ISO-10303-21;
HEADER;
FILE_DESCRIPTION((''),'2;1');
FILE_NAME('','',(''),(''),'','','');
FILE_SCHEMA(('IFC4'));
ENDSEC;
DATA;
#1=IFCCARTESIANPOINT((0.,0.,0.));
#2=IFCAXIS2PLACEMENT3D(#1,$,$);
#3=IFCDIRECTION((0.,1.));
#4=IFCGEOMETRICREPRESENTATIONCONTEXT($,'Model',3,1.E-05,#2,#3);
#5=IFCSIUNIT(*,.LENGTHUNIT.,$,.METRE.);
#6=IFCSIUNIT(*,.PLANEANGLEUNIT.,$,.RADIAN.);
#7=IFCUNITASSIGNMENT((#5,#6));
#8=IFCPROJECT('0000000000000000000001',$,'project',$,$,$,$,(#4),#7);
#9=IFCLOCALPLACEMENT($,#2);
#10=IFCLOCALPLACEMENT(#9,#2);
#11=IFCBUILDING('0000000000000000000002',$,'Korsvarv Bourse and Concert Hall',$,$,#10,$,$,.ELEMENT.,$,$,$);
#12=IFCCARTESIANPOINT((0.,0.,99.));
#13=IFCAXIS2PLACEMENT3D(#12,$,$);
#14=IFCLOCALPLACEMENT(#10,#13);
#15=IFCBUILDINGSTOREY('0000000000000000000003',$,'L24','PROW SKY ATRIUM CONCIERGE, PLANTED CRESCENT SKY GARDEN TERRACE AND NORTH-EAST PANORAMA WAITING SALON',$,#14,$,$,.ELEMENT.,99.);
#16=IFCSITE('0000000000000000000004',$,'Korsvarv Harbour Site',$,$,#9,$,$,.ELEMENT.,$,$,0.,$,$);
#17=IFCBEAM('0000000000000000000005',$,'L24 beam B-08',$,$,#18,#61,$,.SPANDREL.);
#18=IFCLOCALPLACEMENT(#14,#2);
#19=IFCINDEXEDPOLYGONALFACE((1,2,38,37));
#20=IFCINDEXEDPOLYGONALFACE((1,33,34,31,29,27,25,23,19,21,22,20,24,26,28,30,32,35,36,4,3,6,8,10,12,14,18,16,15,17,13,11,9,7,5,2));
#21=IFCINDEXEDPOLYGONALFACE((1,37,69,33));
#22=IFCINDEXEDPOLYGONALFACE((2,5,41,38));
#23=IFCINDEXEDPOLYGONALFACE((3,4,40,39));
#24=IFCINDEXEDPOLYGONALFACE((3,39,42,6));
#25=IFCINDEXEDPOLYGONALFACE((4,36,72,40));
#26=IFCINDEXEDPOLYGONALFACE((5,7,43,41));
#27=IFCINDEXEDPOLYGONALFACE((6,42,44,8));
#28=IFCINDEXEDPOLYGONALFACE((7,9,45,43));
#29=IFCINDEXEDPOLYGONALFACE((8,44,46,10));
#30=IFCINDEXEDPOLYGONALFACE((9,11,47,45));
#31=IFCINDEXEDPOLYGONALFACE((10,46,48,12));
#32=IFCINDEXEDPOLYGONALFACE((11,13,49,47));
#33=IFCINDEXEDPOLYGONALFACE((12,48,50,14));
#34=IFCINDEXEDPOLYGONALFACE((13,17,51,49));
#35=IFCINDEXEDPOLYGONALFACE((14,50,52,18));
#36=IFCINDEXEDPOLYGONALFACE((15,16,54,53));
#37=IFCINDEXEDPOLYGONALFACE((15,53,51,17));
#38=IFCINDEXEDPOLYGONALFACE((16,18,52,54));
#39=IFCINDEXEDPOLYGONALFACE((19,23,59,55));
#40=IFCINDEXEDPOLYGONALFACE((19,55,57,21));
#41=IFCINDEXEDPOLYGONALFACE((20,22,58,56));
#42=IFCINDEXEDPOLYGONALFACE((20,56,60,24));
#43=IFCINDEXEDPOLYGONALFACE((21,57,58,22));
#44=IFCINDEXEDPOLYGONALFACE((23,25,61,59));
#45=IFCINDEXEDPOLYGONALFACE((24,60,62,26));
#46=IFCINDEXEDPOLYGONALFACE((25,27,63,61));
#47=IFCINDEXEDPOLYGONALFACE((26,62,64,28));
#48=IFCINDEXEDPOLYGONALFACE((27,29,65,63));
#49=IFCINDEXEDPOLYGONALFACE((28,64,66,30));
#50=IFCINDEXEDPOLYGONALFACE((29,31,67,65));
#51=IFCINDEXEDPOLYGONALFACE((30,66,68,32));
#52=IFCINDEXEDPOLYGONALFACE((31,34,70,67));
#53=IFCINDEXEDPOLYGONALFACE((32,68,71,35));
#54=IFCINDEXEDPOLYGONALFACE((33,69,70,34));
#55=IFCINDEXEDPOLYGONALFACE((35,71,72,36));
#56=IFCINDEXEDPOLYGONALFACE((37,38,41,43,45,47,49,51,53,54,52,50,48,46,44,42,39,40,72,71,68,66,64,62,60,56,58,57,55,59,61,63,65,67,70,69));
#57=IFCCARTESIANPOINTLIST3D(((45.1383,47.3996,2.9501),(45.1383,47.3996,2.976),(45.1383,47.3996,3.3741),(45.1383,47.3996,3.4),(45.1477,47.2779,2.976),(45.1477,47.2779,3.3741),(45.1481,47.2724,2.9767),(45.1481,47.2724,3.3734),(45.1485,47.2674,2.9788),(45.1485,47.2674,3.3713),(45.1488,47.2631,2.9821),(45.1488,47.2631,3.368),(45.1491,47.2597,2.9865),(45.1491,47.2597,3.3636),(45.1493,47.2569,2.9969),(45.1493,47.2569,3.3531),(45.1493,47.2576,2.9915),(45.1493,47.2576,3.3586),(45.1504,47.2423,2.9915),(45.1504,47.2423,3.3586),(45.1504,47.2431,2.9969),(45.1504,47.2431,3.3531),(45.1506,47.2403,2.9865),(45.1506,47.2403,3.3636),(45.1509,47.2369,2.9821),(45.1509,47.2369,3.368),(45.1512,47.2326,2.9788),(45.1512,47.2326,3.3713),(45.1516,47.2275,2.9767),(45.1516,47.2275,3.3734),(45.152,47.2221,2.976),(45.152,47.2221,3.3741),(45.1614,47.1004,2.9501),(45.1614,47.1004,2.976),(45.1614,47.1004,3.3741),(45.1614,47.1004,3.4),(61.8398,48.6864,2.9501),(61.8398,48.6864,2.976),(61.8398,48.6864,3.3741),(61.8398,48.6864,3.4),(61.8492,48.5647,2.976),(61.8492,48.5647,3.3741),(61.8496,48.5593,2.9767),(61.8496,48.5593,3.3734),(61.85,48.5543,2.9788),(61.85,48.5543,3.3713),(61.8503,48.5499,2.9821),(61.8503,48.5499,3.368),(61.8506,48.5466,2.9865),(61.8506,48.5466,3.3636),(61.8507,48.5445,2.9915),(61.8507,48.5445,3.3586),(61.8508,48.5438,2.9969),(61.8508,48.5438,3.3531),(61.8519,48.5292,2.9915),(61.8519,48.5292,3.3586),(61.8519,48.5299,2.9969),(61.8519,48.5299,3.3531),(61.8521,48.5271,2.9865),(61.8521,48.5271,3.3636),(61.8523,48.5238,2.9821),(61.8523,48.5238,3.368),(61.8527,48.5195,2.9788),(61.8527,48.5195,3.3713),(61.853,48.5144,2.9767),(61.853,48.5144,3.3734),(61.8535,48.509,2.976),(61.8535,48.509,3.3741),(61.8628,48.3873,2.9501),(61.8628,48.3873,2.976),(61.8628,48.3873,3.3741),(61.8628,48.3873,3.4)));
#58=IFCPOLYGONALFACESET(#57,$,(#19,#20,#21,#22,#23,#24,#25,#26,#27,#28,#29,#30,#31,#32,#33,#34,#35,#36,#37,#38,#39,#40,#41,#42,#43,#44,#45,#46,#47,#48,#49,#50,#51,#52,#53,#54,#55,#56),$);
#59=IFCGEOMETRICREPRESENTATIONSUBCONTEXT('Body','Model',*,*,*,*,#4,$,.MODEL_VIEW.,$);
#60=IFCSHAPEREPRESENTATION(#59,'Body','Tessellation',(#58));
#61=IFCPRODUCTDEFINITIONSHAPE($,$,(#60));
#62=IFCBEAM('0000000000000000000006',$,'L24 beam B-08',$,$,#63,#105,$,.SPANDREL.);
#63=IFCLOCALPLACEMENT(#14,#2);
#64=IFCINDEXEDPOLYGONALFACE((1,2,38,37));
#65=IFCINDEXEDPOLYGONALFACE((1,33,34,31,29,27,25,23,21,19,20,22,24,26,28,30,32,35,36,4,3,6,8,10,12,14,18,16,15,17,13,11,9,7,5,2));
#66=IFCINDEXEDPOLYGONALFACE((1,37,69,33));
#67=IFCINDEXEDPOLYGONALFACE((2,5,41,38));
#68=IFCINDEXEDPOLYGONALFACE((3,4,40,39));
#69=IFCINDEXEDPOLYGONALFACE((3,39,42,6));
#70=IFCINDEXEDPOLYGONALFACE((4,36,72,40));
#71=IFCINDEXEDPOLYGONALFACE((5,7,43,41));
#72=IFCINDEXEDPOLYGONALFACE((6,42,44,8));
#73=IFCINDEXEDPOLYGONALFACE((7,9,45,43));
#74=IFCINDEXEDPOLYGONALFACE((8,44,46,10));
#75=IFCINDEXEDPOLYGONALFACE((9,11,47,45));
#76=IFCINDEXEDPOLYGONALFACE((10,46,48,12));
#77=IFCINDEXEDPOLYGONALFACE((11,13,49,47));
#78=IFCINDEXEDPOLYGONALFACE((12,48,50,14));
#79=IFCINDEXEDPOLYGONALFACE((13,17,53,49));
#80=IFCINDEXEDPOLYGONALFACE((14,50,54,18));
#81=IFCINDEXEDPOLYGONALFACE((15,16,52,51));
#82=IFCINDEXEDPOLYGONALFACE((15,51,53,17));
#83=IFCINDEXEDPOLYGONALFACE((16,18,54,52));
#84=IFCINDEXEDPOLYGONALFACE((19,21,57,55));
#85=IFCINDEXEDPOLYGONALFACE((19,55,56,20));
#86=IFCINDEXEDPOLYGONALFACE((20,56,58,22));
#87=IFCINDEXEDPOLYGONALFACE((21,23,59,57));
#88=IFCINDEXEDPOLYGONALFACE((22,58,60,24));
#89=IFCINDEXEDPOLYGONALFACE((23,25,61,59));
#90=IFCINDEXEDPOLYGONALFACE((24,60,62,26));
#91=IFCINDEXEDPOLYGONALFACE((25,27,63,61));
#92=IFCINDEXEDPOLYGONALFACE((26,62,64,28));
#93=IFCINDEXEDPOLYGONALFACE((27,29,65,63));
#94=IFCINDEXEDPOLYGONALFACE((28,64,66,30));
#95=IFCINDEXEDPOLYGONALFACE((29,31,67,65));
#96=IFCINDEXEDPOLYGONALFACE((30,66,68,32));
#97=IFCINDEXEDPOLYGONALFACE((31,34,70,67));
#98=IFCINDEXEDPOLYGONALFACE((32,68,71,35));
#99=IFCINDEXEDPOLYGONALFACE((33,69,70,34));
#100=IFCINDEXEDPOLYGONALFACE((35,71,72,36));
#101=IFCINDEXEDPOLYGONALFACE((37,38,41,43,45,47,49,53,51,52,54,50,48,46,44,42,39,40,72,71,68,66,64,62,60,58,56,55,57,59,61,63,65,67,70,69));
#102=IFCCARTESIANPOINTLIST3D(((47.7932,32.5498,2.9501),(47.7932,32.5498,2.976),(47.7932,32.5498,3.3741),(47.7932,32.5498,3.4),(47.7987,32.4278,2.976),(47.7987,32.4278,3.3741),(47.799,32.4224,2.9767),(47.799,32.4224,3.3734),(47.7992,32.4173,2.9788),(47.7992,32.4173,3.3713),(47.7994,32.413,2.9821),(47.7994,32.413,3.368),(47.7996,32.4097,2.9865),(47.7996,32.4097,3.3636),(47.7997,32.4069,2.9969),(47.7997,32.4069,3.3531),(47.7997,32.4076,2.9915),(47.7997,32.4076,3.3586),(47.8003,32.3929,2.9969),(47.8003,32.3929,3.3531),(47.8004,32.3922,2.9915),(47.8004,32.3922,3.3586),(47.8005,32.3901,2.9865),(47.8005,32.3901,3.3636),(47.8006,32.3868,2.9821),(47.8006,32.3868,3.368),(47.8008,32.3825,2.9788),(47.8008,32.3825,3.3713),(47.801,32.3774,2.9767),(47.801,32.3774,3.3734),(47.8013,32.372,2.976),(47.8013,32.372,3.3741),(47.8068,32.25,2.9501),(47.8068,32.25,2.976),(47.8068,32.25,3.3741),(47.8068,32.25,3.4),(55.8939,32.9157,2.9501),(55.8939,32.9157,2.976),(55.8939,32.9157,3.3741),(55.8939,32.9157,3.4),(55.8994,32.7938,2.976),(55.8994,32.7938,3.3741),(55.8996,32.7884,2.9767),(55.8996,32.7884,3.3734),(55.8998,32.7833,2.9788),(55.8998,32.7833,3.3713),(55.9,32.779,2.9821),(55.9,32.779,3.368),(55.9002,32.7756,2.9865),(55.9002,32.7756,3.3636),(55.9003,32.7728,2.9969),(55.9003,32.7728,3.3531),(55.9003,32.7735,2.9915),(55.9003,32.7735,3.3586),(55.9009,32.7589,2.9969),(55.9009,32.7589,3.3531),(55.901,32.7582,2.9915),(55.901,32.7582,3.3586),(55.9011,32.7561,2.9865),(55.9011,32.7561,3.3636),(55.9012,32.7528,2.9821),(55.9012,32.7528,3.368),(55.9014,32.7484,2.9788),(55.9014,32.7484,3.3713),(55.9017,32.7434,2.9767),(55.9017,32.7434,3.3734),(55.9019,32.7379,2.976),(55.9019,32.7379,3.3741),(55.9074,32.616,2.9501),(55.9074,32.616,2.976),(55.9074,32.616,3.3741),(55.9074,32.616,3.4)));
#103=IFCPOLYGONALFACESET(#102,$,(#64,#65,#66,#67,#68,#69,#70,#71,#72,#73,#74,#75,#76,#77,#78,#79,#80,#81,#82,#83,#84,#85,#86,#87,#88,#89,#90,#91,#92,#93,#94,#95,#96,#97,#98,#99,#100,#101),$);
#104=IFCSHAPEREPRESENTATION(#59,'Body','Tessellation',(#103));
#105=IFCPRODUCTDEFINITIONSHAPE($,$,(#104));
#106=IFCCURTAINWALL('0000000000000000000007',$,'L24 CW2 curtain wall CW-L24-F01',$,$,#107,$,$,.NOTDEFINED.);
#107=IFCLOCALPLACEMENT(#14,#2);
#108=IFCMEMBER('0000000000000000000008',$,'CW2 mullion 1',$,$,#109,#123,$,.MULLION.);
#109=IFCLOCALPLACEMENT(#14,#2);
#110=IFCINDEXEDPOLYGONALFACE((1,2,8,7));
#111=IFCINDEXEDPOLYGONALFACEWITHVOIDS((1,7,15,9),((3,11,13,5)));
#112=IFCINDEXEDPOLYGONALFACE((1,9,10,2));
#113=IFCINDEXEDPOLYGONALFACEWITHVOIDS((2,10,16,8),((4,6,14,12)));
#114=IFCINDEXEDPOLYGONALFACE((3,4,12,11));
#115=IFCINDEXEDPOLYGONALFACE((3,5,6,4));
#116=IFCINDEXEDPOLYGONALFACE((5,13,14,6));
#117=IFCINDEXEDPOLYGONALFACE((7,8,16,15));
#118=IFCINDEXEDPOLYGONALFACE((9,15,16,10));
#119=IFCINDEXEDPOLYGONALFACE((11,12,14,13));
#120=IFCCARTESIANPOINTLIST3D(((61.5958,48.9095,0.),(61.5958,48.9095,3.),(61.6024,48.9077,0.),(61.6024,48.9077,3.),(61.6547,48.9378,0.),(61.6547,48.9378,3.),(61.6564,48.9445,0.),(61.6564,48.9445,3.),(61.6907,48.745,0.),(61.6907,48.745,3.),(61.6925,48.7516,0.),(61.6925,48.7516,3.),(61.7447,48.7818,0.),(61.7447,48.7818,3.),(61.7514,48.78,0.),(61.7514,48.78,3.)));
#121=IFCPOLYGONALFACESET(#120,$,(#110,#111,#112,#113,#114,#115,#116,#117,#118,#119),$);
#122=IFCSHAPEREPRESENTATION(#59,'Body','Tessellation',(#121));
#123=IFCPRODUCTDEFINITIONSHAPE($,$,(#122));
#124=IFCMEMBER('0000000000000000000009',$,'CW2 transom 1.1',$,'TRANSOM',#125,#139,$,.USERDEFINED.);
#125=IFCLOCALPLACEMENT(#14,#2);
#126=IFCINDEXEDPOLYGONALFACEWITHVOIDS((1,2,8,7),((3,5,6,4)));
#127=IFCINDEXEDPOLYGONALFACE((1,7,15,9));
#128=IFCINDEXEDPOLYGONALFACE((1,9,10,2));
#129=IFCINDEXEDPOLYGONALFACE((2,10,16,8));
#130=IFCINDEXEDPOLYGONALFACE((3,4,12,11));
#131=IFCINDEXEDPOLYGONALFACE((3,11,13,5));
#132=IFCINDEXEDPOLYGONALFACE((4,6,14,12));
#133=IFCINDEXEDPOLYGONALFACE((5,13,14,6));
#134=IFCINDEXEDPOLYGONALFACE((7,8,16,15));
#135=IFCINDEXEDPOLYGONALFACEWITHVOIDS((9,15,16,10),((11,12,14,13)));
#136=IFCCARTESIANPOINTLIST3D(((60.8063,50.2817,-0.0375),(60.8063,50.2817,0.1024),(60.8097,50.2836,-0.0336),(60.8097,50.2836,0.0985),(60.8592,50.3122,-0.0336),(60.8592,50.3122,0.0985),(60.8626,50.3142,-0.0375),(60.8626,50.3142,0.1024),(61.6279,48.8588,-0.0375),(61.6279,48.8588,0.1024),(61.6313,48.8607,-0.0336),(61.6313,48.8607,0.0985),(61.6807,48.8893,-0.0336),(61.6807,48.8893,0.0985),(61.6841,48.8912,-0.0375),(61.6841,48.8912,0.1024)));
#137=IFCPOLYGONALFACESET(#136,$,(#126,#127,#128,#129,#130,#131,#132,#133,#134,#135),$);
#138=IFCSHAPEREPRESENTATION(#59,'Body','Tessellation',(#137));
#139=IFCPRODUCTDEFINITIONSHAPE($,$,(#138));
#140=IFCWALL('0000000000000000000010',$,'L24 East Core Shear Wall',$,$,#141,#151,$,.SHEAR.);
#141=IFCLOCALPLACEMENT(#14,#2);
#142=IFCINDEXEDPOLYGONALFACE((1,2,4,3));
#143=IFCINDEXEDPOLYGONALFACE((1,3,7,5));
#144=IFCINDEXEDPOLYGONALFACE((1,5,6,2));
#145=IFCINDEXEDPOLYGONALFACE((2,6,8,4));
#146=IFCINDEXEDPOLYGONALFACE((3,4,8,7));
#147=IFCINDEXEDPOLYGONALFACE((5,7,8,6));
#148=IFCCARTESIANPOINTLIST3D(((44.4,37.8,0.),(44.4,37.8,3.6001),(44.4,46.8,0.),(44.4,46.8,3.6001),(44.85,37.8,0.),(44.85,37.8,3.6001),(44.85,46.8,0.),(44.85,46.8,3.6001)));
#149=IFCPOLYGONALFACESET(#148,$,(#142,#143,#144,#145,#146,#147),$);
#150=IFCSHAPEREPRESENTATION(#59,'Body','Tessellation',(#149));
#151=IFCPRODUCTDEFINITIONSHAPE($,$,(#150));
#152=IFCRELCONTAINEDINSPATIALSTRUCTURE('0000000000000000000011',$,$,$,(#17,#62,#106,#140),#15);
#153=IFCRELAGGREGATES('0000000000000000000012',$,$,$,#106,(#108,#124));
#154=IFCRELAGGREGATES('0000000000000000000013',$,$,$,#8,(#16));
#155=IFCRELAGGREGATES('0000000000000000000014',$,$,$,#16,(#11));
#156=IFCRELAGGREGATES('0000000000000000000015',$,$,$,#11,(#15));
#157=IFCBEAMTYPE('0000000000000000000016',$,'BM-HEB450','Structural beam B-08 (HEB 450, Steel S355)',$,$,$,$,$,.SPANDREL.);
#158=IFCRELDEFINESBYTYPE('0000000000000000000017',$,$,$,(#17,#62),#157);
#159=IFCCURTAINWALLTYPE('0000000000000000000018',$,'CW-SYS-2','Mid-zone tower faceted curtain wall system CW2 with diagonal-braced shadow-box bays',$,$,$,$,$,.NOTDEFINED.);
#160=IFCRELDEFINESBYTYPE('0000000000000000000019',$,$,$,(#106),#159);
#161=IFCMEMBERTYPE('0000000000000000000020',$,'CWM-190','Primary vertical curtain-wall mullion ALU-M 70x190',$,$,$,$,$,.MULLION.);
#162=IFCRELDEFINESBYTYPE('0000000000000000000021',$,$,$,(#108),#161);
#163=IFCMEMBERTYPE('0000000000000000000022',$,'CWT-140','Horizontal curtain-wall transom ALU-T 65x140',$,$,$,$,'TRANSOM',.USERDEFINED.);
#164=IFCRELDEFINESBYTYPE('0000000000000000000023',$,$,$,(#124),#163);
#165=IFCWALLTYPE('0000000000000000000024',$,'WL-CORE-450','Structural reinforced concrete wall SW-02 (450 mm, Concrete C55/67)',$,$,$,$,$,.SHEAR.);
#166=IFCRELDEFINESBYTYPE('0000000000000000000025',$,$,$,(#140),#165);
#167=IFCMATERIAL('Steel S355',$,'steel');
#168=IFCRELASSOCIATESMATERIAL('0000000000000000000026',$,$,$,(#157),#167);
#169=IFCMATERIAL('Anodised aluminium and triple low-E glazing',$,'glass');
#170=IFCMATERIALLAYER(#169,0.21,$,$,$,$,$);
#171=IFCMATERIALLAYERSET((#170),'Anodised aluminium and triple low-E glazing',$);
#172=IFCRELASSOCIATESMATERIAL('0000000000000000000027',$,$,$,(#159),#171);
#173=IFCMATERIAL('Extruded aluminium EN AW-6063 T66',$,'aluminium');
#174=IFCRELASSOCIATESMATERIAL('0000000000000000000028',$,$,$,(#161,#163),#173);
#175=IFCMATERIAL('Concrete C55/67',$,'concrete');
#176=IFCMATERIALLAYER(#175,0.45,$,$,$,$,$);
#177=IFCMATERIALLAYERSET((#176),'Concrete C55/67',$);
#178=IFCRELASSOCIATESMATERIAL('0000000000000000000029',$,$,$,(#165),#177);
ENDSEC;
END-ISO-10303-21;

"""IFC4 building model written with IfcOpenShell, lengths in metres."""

from ifc_helpers import new_model, si_unit, direction, frame, frame_2d, origin, origin_2d, place, context, subcontext, project, spatial, rectangle, hollow_rectangle, i_section, extrude, source, transform, mapped, material, layer, layer_set, material_profile, profile_set, type_object, element, aggregate, save


model = new_model("IFC4")

# Units and contexts
model_context = context("Model", 3, precision=1e-05, world=origin(), true_north=direction((0.0, 1.0)))
body_context = subcontext(model_context, "Body", "Model", "MODEL_VIEW")
ifc_project = project(units=[si_unit("LENGTHUNIT", "METRE"), si_unit("PLANEANGLEUNIT", "RADIAN")], contexts=[model_context])

# Site, building, storey
site_placement = place(None, origin())
site = spatial("IfcSite", under=ifc_project, at=site_placement, Name="Korsvarv Harbour Site", CompositionType="ELEMENT", RefElevation=0.0)
building_placement = place(site_placement, origin())
building = spatial("IfcBuilding", under=site, at=building_placement, Name="Korsvarv Bourse and Concert Hall", CompositionType="ELEMENT")
storey_placement = place(building_placement, frame((0.0, 0.0, 99.0)))
storey = spatial("IfcBuildingStorey", under=building, at=storey_placement, Name="L24", Description="PROW SKY ATRIUM CONCIERGE, PLANTED CRESCENT SKY GARDEN TERRACE AND NORTH-EAST PANORAMA WAITING SALON", CompositionType="ELEMENT", Elevation=99.0)

# Beams
ifc_material_1 = material(Name="Steel S355", Category="steel")
ifc_material_profile_1 = material_profile(ifc_material_1, i_section(OverallWidth=0.3, OverallDepth=0.45, WebThickness=0.0139, FlangeThickness=0.0259, FilletRadius=0.021, at=origin_2d()), Name="HEB 450")
ifc_profile_set_1 = profile_set([ifc_material_profile_1], Name="Steel S355")
beam_type_1 = type_object("IfcBeamType", Name="BM-HEB450", Description="Structural beam B-08 (HEB 450, Steel S355)", PredefinedType="SPANDREL", material=ifc_profile_set_1)
shared_shape_1 = source(origin(), body_context, "Body", "SweptSolid", [
    extrude(i_section(OverallWidth=0.3, OverallDepth=0.45, WebThickness=0.0139, FlangeThickness=0.0259, FilletRadius=0.021, at=origin_2d()), origin(), (0.0, 0.0, 1.0), 16.751),
])
beam_1_placement = place(storey_placement, frame((61.8513, 48.5369, 3.175), z_axis=(-0.997045, -0.076824, 0.0), x_axis=(0.076824, -0.997045, 0.0)))
element("IfcBeam", 1, at=beam_1_placement, inside=storey, type_object=beam_type_1, Name="L24 beam B-08", PredefinedType="SPANDREL", context=body_context, shape_type="MappedRepresentation", body=[
    mapped(shared_shape_1, transform((0.0, 0.0, 0.0), scale=1.0)),
])
shared_shape_2 = source(origin(), body_context, "Body", "SweptSolid", [
    extrude(i_section(OverallWidth=0.3, OverallDepth=0.45, WebThickness=0.0139, FlangeThickness=0.0259, FilletRadius=0.021, at=origin_2d()), origin(), (0.0, 0.0, 1.0), 8.1089),
])
beam_2_placement = place(storey_placement, frame((55.9006, 32.7659, 3.175), z_axis=(-0.998981, -0.045132, 0.0), x_axis=(0.045132, -0.998981, 0.0)))
element("IfcBeam", 2, at=beam_2_placement, inside=storey, type_object=beam_type_1, Name="L24 beam B-08", PredefinedType="SPANDREL", context=body_context, shape_type="MappedRepresentation", body=[
    mapped(shared_shape_2, transform((0.0, 0.0, 0.0), scale=1.0)),
])

# Curtain wall, members
ifc_material_2 = material(Name="Anodised aluminium and triple low-E glazing", Category="glass")
ifc_layer_1 = layer(ifc_material_2, 0.21)
ifc_layer_set_1 = layer_set([ifc_layer_1], Name="Anodised aluminium and triple low-E glazing")
curtain_wall_type = type_object("IfcCurtainWallType", Name="CW-SYS-2", Description="Mid-zone tower faceted curtain wall system CW2 with diagonal-braced shadow-box bays", PredefinedType="NOTDEFINED", material=ifc_layer_set_1)
curtain_wall_placement = place(storey_placement, origin())
curtain_wall = element("IfcCurtainWall", 3, at=curtain_wall_placement, inside=storey, type_object=curtain_wall_type, Name="L24 CW2 curtain wall CW-L24-F01", PredefinedType="NOTDEFINED")
ifc_material_3 = material(Name="Extruded aluminium EN AW-6063 T66", Category="aluminium")
ifc_material_profile_2 = material_profile(ifc_material_3, hollow_rectangle(XDim=0.0701, YDim=0.1899, WallThickness=0.0049, at=origin_2d()), Name="ALU-M 70x190")
ifc_profile_set_2 = profile_set([ifc_material_profile_2], Name="Extruded aluminium EN AW-6063 T66")
member_type_1 = type_object("IfcMemberType", Name="CWM-190", Description="Primary vertical curtain-wall mullion ALU-M 70x190", PredefinedType="MULLION", material=ifc_profile_set_2)
shared_shape_3 = source(origin(), body_context, "Body", "SweptSolid", [
    extrude(hollow_rectangle(XDim=0.0701, YDim=0.1899, WallThickness=0.0049, at=origin_2d()), origin(), (0.0, 0.0, 1.0), 3.0),
])
member_1_placement = place(storey_placement, frame((61.6736, 48.8447, 0.0), z_axis=(0.0, 0.0, 1.0), x_axis=(-0.866024, -0.500003, 0.0)))
member_1 = element("IfcMember", 4, at=member_1_placement, type_object=member_type_1, Name="CW2 mullion 1", PredefinedType="MULLION", context=body_context, shape_type="MappedRepresentation", body=[
    mapped(shared_shape_3, transform((0.0, 0.0, 0.0), scale=1.0)),
])
ifc_material_profile_3 = material_profile(ifc_material_3, hollow_rectangle(XDim=0.0649, YDim=0.1399, WallThickness=0.0039, at=origin_2d()), Name="ALU-T 65x140")
ifc_profile_set_3 = profile_set([ifc_material_profile_3], Name="Extruded aluminium EN AW-6063 T66")
member_type_2 = type_object("IfcMemberType", Name="CWT-140", Description="Horizontal curtain-wall transom ALU-T 65x140", ElementType="TRANSOM", PredefinedType="USERDEFINED", material=ifc_profile_set_3)
shared_shape_4 = source(origin(), body_context, "Body", "SweptSolid", [
    extrude(hollow_rectangle(XDim=0.0649, YDim=0.1399, WallThickness=0.0039, at=origin_2d()), origin(), (0.0, 0.0, 1.0), 1.6431),
])
member_2_placement = place(storey_placement, frame((61.656, 48.875, 0.0325), z_axis=(-0.500023, 0.866012, 0.0), x_axis=(-0.866012, -0.500023, 0.0)))
member_2 = element("IfcMember", 5, at=member_2_placement, type_object=member_type_2, Name="CW2 transom 1.1", ObjectType="TRANSOM", PredefinedType="USERDEFINED", context=body_context, shape_type="MappedRepresentation", body=[
    mapped(shared_shape_4, transform((0.0, 0.0, 0.0), scale=1.0)),
])
aggregate(curtain_wall, [member_1, member_2])

# Wall
ifc_material_4 = material(Name="Concrete C55/67", Category="concrete")
ifc_layer_2 = layer(ifc_material_4, 0.45)
ifc_layer_set_2 = layer_set([ifc_layer_2], Name="Concrete C55/67")
wall_type_1 = type_object("IfcWallType", Name="WL-CORE-450", Description="Structural reinforced concrete wall SW-02 (450 mm, Concrete C55/67)", PredefinedType="SHEAR", material=ifc_layer_set_2)
wall_1_placement = place(storey_placement, frame((44.625, 37.8, 0.0), z_axis=(0.0, 0.0, 1.0), x_axis=(0.0, 1.0, 0.0)))
element("IfcWall", 6, at=wall_1_placement, inside=storey, type_object=wall_type_1, Name="L24 East Core Shear Wall", PredefinedType="SHEAR", context=body_context, shape_type="SweptSolid", body=[
    extrude(rectangle(XDim=9.0, YDim=0.45, at=frame_2d((4.5, 0.0))), origin(), (0.0, 0.0, 1.0), 3.6001),
])

save(model, "model.ifc")
